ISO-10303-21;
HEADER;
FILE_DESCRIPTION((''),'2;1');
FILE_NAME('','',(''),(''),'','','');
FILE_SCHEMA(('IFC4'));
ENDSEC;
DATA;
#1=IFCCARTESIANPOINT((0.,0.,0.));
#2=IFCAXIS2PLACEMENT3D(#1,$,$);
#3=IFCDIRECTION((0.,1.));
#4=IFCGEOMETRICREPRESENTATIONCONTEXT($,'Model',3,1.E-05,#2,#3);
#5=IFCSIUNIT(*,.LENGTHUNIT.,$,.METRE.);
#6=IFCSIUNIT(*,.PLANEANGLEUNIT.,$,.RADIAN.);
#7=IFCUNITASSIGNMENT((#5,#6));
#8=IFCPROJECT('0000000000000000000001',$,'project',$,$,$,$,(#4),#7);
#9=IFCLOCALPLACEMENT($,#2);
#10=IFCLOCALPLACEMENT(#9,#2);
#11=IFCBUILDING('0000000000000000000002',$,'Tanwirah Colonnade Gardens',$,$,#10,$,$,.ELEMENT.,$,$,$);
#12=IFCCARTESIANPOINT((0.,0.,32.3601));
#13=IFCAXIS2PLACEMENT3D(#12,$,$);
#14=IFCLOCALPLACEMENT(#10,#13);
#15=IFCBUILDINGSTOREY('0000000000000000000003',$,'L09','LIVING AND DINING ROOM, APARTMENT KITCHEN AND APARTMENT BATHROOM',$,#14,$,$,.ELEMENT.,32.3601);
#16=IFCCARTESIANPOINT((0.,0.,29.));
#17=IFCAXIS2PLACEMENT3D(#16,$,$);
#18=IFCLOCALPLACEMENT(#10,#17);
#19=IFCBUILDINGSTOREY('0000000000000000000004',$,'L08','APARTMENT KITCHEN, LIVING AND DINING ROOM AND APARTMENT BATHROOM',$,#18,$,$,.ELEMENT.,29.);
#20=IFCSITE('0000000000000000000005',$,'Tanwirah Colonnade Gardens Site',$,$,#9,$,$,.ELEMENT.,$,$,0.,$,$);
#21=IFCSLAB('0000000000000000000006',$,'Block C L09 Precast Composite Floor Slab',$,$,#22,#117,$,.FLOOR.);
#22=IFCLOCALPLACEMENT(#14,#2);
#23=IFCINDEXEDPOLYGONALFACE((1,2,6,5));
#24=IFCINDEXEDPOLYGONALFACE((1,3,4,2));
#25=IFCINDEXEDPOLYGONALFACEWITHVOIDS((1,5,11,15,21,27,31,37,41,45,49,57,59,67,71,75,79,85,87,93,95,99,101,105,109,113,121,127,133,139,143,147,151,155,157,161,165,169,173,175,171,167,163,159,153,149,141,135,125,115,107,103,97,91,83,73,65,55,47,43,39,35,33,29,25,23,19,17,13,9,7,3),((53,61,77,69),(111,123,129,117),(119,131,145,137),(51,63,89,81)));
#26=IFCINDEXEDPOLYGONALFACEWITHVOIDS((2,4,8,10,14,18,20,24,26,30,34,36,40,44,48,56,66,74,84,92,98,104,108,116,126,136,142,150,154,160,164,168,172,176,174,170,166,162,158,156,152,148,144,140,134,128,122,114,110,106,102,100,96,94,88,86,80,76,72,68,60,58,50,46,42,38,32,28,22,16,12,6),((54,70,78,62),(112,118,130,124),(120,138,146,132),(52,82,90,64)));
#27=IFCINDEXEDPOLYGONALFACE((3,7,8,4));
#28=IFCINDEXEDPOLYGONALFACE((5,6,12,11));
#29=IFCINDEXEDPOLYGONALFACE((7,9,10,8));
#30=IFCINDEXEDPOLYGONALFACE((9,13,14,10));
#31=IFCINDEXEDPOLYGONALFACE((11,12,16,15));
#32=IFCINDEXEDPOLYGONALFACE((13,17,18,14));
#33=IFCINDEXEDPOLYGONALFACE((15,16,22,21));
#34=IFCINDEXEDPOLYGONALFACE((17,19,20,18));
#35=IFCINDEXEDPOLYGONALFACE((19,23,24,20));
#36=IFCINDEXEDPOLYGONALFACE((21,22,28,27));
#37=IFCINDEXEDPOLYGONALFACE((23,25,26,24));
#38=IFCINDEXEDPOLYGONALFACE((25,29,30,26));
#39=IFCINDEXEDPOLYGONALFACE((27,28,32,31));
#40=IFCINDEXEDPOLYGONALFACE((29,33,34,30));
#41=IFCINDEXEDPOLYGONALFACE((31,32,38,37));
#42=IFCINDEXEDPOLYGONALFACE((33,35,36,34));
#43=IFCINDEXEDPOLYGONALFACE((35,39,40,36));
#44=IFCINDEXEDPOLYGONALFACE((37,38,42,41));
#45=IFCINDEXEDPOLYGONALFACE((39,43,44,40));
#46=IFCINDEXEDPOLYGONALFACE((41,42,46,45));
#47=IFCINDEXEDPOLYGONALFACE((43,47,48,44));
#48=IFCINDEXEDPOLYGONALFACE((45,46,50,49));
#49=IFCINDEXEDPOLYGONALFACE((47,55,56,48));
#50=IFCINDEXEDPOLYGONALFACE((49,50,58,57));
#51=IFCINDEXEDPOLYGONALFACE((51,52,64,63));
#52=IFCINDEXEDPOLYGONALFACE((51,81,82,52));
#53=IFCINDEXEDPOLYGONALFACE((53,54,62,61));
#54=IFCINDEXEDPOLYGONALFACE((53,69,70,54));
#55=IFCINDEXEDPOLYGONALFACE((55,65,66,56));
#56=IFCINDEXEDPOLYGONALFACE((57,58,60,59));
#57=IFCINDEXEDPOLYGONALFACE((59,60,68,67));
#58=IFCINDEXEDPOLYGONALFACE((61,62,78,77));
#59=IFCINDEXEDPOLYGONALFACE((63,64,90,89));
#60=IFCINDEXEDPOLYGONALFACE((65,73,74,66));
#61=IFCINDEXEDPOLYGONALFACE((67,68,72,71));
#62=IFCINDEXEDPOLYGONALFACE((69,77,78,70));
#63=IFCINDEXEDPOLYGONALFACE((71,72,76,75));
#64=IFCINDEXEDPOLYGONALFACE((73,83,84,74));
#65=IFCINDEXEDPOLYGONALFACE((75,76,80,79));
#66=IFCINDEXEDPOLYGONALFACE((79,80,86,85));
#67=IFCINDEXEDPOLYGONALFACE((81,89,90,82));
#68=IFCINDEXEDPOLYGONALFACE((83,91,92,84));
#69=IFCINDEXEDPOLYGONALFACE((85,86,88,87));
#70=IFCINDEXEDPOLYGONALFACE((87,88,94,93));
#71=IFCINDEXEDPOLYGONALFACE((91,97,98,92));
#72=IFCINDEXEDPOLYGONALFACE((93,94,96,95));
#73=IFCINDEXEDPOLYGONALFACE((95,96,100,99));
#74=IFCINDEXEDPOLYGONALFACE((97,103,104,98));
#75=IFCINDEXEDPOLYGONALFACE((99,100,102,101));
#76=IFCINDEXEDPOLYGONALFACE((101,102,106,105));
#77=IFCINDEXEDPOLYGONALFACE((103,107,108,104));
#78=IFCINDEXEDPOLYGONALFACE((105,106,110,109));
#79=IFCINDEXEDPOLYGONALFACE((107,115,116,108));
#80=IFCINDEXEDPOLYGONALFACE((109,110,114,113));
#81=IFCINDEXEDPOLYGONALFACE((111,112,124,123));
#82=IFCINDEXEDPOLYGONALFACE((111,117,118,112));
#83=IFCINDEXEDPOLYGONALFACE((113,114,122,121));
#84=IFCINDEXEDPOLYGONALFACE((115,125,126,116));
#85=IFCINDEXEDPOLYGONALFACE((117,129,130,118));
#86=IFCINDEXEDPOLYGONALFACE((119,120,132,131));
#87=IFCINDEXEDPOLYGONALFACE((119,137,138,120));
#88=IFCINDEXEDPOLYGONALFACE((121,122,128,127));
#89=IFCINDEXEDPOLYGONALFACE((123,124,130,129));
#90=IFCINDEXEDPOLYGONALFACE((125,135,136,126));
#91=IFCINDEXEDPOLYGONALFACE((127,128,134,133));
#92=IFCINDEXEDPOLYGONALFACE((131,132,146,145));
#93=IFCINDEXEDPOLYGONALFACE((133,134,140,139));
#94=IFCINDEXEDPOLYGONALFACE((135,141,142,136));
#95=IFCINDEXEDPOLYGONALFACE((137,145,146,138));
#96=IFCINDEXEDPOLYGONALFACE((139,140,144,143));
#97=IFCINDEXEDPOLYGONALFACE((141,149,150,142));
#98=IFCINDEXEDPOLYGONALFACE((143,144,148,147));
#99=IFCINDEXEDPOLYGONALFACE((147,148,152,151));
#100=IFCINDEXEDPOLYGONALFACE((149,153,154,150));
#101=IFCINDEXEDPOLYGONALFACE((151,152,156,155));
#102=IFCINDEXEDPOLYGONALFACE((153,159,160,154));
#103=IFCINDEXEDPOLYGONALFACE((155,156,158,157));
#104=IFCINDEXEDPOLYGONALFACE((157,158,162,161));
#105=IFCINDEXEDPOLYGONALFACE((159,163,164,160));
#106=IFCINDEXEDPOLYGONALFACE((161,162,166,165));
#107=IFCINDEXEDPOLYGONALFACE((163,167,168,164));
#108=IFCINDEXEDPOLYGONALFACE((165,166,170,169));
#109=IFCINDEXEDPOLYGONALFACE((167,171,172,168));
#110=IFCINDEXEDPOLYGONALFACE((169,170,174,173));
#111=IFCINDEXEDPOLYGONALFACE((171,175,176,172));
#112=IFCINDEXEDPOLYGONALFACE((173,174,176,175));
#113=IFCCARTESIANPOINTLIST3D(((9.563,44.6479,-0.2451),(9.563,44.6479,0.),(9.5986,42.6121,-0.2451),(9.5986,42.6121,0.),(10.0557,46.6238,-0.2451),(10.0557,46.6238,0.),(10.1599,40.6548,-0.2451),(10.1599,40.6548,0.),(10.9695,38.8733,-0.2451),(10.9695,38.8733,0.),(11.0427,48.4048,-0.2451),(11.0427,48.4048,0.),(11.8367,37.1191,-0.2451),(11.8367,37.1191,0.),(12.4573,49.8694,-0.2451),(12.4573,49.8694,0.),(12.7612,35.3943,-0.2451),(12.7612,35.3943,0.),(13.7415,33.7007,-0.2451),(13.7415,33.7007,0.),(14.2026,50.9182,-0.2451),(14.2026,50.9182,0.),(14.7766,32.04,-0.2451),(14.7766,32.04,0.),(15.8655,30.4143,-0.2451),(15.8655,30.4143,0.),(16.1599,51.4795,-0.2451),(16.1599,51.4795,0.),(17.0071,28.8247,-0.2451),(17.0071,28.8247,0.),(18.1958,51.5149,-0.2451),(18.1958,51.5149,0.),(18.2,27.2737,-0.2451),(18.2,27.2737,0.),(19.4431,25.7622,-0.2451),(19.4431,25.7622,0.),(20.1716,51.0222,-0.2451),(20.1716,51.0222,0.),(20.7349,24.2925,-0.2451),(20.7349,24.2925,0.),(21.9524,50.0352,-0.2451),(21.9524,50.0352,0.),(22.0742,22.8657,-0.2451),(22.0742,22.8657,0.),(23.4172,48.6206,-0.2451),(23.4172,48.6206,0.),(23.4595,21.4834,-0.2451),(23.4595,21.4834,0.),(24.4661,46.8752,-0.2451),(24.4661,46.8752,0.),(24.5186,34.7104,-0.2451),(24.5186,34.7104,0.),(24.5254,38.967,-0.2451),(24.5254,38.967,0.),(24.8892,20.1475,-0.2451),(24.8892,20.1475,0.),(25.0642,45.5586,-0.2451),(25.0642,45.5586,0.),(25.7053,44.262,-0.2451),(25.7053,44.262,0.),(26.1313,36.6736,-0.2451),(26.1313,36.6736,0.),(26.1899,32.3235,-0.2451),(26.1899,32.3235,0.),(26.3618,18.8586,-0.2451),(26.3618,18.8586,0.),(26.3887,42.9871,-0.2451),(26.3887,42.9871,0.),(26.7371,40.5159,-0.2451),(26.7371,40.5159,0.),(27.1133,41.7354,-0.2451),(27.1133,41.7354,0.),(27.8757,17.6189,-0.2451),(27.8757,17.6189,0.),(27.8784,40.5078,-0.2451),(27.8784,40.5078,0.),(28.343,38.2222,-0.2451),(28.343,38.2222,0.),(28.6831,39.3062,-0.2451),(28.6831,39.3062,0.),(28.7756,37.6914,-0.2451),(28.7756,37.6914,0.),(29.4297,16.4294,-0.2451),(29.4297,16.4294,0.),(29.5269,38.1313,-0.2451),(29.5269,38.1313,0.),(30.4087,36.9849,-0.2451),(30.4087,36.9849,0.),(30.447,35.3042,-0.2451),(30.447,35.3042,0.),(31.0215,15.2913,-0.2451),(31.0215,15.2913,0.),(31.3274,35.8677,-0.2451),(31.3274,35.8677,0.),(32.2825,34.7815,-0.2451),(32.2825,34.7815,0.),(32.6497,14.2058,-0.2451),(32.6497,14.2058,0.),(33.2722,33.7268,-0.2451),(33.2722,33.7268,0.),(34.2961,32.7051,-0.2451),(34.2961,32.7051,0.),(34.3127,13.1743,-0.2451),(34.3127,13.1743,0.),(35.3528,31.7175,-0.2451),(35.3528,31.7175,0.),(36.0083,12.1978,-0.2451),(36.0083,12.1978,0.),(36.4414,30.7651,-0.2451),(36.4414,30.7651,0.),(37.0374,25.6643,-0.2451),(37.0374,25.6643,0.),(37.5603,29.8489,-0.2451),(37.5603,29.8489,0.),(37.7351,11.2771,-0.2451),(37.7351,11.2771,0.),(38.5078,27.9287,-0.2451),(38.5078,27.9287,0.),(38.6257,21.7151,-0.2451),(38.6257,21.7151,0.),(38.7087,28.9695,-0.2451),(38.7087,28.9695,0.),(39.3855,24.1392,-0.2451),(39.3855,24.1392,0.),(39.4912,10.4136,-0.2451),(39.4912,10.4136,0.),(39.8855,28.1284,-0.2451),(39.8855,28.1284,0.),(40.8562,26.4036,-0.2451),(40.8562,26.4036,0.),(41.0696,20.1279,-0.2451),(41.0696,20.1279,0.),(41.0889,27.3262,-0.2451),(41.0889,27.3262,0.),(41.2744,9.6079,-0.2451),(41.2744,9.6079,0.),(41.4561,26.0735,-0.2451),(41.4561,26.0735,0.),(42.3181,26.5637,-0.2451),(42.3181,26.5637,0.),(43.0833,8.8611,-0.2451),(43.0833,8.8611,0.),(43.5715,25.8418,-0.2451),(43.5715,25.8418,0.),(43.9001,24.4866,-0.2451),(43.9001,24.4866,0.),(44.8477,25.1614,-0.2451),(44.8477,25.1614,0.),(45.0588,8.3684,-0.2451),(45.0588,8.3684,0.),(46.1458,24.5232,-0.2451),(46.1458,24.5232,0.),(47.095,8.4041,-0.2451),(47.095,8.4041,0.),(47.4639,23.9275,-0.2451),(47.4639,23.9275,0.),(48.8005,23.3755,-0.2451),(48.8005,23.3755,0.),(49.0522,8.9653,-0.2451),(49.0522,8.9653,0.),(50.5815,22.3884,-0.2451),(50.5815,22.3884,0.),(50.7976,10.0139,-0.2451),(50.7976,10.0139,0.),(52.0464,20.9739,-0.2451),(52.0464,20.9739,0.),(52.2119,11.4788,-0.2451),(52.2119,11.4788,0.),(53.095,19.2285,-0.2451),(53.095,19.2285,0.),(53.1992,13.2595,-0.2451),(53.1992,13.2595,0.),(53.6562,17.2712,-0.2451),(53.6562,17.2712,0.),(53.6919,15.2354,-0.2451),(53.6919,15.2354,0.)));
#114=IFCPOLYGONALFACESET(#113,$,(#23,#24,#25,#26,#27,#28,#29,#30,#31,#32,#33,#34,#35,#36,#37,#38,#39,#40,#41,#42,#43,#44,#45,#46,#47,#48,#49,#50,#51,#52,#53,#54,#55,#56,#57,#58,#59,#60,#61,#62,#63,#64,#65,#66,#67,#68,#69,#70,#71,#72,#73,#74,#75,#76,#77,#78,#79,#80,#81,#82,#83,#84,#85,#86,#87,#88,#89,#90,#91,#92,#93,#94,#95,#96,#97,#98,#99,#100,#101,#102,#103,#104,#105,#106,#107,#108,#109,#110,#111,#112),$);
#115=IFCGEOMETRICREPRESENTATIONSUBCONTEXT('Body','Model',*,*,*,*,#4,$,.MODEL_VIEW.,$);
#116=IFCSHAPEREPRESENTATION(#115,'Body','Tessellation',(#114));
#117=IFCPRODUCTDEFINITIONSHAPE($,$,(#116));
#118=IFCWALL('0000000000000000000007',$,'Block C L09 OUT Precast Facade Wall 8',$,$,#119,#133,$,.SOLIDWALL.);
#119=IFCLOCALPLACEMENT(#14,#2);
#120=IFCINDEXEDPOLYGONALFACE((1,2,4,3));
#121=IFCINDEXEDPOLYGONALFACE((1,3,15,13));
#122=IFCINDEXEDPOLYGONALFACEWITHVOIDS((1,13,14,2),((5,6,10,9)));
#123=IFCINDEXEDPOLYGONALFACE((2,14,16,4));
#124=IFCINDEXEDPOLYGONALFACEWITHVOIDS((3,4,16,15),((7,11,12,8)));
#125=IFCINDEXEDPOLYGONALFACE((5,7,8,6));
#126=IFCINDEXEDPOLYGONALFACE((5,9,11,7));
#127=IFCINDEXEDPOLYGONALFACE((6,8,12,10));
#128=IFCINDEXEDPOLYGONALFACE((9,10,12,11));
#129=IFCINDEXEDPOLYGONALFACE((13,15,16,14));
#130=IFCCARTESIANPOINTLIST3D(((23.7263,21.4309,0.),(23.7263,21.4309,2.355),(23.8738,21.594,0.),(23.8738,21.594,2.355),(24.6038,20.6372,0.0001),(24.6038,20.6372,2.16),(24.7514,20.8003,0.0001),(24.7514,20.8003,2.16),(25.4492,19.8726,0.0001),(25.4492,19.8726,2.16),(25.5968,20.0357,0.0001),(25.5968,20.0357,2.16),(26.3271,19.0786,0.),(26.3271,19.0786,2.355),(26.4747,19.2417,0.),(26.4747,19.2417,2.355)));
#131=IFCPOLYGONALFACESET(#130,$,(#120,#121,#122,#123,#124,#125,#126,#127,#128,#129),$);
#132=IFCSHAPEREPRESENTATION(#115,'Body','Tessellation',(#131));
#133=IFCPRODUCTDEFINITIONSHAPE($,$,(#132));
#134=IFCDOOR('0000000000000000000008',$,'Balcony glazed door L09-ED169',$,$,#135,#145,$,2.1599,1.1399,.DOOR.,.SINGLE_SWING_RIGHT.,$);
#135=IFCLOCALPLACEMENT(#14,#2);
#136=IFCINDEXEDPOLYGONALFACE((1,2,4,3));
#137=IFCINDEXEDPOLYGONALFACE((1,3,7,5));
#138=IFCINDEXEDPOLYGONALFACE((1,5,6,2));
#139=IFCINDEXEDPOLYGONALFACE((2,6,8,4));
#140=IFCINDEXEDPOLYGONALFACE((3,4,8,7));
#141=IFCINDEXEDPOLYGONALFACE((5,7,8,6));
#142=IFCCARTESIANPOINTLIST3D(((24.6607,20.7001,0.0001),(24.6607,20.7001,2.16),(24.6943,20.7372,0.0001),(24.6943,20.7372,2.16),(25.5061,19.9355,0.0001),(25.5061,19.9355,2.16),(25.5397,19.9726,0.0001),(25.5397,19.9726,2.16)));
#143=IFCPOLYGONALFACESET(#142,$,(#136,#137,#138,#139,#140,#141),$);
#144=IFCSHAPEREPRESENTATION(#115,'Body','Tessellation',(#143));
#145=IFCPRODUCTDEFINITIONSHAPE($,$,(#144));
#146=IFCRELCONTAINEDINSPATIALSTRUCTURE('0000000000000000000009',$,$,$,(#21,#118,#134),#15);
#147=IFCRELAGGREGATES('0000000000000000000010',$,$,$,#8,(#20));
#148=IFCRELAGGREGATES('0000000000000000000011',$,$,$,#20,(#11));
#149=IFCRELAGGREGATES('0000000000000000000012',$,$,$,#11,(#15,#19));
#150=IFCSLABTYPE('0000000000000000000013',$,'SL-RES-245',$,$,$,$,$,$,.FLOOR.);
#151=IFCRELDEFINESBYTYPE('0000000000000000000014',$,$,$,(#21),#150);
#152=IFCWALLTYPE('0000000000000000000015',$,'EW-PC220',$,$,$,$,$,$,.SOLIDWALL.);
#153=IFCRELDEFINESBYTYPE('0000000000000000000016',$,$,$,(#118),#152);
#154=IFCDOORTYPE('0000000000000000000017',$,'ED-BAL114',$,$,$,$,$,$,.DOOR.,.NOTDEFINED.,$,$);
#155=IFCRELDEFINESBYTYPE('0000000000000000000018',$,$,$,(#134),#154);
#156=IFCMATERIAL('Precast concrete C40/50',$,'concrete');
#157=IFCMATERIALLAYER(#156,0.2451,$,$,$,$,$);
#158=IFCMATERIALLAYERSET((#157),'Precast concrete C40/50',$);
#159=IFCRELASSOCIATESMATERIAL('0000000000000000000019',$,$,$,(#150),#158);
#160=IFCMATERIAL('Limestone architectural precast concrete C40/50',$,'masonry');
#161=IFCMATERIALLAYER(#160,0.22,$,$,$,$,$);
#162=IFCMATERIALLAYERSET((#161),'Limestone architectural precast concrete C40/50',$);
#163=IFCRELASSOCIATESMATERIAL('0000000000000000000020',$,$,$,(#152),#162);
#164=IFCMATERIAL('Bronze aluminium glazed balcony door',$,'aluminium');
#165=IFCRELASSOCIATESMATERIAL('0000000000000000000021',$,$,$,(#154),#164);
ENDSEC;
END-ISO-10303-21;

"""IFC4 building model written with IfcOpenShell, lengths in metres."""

from ifc_helpers import new_model, si_unit, direction, frame, frame_2d, origin, place, context, subcontext, project, spatial, polyline, rectangle, outline, extrude, material, layer, layer_set, type_object, element, fill, save


model = new_model("IFC4")

# Units and contexts
model_context = context("Model", 3, precision=1e-05, world=origin(), true_north=direction((0.0, 1.0)))
body_context = subcontext(model_context, "Body", "Model", "MODEL_VIEW")
ifc_project = project(units=[si_unit("LENGTHUNIT", "METRE"), si_unit("PLANEANGLEUNIT", "RADIAN")], contexts=[model_context])

# Site, building, storey
site_placement = place(None, origin())
site = spatial("IfcSite", under=ifc_project, at=site_placement, Name="Tanwirah Colonnade Gardens Site", CompositionType="ELEMENT", RefElevation=0.0)
building_placement = place(site_placement, origin())
building = spatial("IfcBuilding", under=site, at=building_placement, Name="Tanwirah Colonnade Gardens", CompositionType="ELEMENT")
storey_1_placement = place(building_placement, frame((0.0, 0.0, 32.3601)))
storey_1 = spatial("IfcBuildingStorey", under=building, at=storey_1_placement, Name="L09", Description="LIVING AND DINING ROOM, APARTMENT KITCHEN AND APARTMENT BATHROOM", CompositionType="ELEMENT", Elevation=32.3601)

# Shared definitions
ifc_material_1 = material(Name="Precast concrete C40/50", Category="concrete")

# Shared definitions
storey_2_placement = place(building_placement, frame((0.0, 0.0, 29.0)))
storey_2 = spatial("IfcBuildingStorey", under=building, at=storey_2_placement, Name="L08", Description="APARTMENT KITCHEN, LIVING AND DINING ROOM AND APARTMENT BATHROOM", CompositionType="ELEMENT", Elevation=29.0)

# Slab
ifc_layer_1 = layer(ifc_material_1, 0.2451)
ifc_layer_set_1 = layer_set([ifc_layer_1], Name="Precast concrete C40/50")
slab_type_1 = type_object("IfcSlabType", Name="SL-RES-245", PredefinedType="FLOOR", material=ifc_layer_set_1)
slab_1_placement = place(storey_1_placement, frame((0.0, 0.0, -0.2451)))
element("IfcSlab", 1, at=slab_1_placement, inside=storey_1, type_object=slab_type_1, Name="Block C L09 Precast Composite Floor Slab", PredefinedType="FLOOR", context=body_context, shape_type="SweptSolid", body=[
    extrude(outline(polyline([(25.7053, 44.262), (25.0642, 45.5586), (24.4661, 46.8752), (23.4172, 48.6206), (21.9524, 50.0352), (20.1716, 51.0222), (18.1958, 51.5149), (16.1599, 51.4795), (14.2026, 50.9182), (12.4573, 49.8694), (11.0427, 48.4048), (10.0557, 46.6238), (9.563, 44.6479), (9.5986, 42.6121), (10.1599, 40.6548), (10.9695, 38.8733), (11.8367, 37.1191), (12.7612, 35.3943), (13.7415, 33.7007), (14.7766, 32.04), (15.8655, 30.4143), (17.0071, 28.8247), (18.2, 27.2737), (19.4431, 25.7622), (20.7349, 24.2925), (22.0742, 22.8657), (23.4595, 21.4834), (24.8892, 20.1475), (26.3618, 18.8586), (27.8757, 17.6189), (29.4297, 16.4294), (31.0215, 15.2913), (32.6497, 14.2058), (34.3127, 13.1743), (36.0083, 12.1978), (37.7351, 11.2771), (39.4912, 10.4136), (41.2744, 9.6079), (43.0833, 8.8611), (45.0588, 8.3684), (47.095, 8.4041), (49.0522, 8.9653), (50.7976, 10.0139), (52.2119, 11.4788), (53.1992, 13.2595), (53.6919, 15.2354), (53.6562, 17.2712), (53.095, 19.2285), (52.0464, 20.9739), (50.5815, 22.3884), (48.8005, 23.3755), (47.4639, 23.9275), (46.1458, 24.5232), (44.8477, 25.1614), (43.5715, 25.8418), (42.3181, 26.5637), (41.0889, 27.3262), (39.8855, 28.1284), (38.7087, 28.9695), (37.5603, 29.8489), (36.4414, 30.7651), (35.3528, 31.7175), (34.2961, 32.7051), (33.2722, 33.7268), (32.2825, 34.7815), (31.3274, 35.8677), (30.4087, 36.9849), (29.5269, 38.1313), (28.6831, 39.3062), (27.8784, 40.5078), (27.1133, 41.7354), (26.3887, 42.9871), (25.7053, 44.262)]), holes=[polyline([(24.5186, 34.7104), (28.7756, 37.6914), (30.447, 35.3042), (26.1899, 32.3235), (24.5186, 34.7104)]), polyline([(26.7371, 40.5159), (28.343, 38.2222), (26.1313, 36.6736), (24.5254, 38.967), (26.7371, 40.5159)]), polyline([(43.9001, 24.4866), (41.0696, 20.1279), (38.6257, 21.7151), (41.4561, 26.0735), (43.9001, 24.4866)]), polyline([(39.3855, 24.1392), (37.0374, 25.6643), (38.5078, 27.9287), (40.8562, 26.4036), (39.3855, 24.1392)])]), origin(), (0.0, 0.0, 1.0), 0.2451),
])

# Wall, opening, door
ifc_material_2 = material(Name="Limestone architectural precast concrete C40/50", Category="masonry")
ifc_layer_2 = layer(ifc_material_2, 0.22)
ifc_layer_set_2 = layer_set([ifc_layer_2], Name="Limestone architectural precast concrete C40/50")
wall_type = type_object("IfcWallType", Name="EW-PC220", PredefinedType="SOLIDWALL", material=ifc_layer_set_2)
wall_placement = place(storey_1_placement, frame((23.8, 21.5125, 0.0), z_axis=(0.0, 0.0, 1.0), x_axis=(0.741655, -0.670782, 0.0)))
wall = element("IfcWall", 2, at=wall_placement, inside=storey_1, type_object=wall_type, Name="Block C L09 OUT Precast Facade Wall 8", PredefinedType="SOLIDWALL", context=body_context, shape_type="SweptSolid", body=[
    extrude(rectangle(XDim=3.5068, YDim=0.22, at=frame_2d((1.7534, 0.0))), origin(), (0.0, 0.0, 1.0), 2.355),
])
opening_1_placement = place(wall_placement, frame((1.1833, 0.0, 0.0)))
opening_1 = element("IfcOpeningElement", 3, at=opening_1_placement, cuts=wall, PredefinedType="OPENING", context=body_context, shape_type="SweptSolid", body=[
    extrude(rectangle(XDim=1.1399, YDim=2.1599, at=frame_2d((0.5698, 1.0801))), frame((0.0, 0.1199, 0.0), z_axis=(0.0, -1.0, 0.0), x_axis=(1.0, 0.0, 0.0)), (0.0, 0.0, 1.0), 0.24),
])
ifc_material_3 = material(Name="Bronze aluminium glazed balcony door", Category="aluminium")
door_type = type_object("IfcDoorType", Name="ED-BAL114", OperationType="NOTDEFINED", PredefinedType="DOOR", material=ifc_material_3)
door_placement = place(opening_1_placement, origin())
door = element("IfcDoor", 4, at=door_placement, inside=storey_1, type_object=door_type, Name="Balcony glazed door L09-ED169", OperationType="SINGLE_SWING_RIGHT", OverallHeight=2.1599, OverallWidth=1.1399, PredefinedType="DOOR", context=body_context, shape_type="SweptSolid", body=[
    extrude(rectangle(XDim=1.1399, YDim=2.1599, at=frame_2d((0.5698, 1.0801))), frame((0.0, 0.0249, 0.0), z_axis=(0.0, -1.0, 0.0), x_axis=(1.0, 0.0, 0.0)), (0.0, 0.0, 1.0), 0.05),
])
fill(opening_1, door)

save(model, "model.ifc")
